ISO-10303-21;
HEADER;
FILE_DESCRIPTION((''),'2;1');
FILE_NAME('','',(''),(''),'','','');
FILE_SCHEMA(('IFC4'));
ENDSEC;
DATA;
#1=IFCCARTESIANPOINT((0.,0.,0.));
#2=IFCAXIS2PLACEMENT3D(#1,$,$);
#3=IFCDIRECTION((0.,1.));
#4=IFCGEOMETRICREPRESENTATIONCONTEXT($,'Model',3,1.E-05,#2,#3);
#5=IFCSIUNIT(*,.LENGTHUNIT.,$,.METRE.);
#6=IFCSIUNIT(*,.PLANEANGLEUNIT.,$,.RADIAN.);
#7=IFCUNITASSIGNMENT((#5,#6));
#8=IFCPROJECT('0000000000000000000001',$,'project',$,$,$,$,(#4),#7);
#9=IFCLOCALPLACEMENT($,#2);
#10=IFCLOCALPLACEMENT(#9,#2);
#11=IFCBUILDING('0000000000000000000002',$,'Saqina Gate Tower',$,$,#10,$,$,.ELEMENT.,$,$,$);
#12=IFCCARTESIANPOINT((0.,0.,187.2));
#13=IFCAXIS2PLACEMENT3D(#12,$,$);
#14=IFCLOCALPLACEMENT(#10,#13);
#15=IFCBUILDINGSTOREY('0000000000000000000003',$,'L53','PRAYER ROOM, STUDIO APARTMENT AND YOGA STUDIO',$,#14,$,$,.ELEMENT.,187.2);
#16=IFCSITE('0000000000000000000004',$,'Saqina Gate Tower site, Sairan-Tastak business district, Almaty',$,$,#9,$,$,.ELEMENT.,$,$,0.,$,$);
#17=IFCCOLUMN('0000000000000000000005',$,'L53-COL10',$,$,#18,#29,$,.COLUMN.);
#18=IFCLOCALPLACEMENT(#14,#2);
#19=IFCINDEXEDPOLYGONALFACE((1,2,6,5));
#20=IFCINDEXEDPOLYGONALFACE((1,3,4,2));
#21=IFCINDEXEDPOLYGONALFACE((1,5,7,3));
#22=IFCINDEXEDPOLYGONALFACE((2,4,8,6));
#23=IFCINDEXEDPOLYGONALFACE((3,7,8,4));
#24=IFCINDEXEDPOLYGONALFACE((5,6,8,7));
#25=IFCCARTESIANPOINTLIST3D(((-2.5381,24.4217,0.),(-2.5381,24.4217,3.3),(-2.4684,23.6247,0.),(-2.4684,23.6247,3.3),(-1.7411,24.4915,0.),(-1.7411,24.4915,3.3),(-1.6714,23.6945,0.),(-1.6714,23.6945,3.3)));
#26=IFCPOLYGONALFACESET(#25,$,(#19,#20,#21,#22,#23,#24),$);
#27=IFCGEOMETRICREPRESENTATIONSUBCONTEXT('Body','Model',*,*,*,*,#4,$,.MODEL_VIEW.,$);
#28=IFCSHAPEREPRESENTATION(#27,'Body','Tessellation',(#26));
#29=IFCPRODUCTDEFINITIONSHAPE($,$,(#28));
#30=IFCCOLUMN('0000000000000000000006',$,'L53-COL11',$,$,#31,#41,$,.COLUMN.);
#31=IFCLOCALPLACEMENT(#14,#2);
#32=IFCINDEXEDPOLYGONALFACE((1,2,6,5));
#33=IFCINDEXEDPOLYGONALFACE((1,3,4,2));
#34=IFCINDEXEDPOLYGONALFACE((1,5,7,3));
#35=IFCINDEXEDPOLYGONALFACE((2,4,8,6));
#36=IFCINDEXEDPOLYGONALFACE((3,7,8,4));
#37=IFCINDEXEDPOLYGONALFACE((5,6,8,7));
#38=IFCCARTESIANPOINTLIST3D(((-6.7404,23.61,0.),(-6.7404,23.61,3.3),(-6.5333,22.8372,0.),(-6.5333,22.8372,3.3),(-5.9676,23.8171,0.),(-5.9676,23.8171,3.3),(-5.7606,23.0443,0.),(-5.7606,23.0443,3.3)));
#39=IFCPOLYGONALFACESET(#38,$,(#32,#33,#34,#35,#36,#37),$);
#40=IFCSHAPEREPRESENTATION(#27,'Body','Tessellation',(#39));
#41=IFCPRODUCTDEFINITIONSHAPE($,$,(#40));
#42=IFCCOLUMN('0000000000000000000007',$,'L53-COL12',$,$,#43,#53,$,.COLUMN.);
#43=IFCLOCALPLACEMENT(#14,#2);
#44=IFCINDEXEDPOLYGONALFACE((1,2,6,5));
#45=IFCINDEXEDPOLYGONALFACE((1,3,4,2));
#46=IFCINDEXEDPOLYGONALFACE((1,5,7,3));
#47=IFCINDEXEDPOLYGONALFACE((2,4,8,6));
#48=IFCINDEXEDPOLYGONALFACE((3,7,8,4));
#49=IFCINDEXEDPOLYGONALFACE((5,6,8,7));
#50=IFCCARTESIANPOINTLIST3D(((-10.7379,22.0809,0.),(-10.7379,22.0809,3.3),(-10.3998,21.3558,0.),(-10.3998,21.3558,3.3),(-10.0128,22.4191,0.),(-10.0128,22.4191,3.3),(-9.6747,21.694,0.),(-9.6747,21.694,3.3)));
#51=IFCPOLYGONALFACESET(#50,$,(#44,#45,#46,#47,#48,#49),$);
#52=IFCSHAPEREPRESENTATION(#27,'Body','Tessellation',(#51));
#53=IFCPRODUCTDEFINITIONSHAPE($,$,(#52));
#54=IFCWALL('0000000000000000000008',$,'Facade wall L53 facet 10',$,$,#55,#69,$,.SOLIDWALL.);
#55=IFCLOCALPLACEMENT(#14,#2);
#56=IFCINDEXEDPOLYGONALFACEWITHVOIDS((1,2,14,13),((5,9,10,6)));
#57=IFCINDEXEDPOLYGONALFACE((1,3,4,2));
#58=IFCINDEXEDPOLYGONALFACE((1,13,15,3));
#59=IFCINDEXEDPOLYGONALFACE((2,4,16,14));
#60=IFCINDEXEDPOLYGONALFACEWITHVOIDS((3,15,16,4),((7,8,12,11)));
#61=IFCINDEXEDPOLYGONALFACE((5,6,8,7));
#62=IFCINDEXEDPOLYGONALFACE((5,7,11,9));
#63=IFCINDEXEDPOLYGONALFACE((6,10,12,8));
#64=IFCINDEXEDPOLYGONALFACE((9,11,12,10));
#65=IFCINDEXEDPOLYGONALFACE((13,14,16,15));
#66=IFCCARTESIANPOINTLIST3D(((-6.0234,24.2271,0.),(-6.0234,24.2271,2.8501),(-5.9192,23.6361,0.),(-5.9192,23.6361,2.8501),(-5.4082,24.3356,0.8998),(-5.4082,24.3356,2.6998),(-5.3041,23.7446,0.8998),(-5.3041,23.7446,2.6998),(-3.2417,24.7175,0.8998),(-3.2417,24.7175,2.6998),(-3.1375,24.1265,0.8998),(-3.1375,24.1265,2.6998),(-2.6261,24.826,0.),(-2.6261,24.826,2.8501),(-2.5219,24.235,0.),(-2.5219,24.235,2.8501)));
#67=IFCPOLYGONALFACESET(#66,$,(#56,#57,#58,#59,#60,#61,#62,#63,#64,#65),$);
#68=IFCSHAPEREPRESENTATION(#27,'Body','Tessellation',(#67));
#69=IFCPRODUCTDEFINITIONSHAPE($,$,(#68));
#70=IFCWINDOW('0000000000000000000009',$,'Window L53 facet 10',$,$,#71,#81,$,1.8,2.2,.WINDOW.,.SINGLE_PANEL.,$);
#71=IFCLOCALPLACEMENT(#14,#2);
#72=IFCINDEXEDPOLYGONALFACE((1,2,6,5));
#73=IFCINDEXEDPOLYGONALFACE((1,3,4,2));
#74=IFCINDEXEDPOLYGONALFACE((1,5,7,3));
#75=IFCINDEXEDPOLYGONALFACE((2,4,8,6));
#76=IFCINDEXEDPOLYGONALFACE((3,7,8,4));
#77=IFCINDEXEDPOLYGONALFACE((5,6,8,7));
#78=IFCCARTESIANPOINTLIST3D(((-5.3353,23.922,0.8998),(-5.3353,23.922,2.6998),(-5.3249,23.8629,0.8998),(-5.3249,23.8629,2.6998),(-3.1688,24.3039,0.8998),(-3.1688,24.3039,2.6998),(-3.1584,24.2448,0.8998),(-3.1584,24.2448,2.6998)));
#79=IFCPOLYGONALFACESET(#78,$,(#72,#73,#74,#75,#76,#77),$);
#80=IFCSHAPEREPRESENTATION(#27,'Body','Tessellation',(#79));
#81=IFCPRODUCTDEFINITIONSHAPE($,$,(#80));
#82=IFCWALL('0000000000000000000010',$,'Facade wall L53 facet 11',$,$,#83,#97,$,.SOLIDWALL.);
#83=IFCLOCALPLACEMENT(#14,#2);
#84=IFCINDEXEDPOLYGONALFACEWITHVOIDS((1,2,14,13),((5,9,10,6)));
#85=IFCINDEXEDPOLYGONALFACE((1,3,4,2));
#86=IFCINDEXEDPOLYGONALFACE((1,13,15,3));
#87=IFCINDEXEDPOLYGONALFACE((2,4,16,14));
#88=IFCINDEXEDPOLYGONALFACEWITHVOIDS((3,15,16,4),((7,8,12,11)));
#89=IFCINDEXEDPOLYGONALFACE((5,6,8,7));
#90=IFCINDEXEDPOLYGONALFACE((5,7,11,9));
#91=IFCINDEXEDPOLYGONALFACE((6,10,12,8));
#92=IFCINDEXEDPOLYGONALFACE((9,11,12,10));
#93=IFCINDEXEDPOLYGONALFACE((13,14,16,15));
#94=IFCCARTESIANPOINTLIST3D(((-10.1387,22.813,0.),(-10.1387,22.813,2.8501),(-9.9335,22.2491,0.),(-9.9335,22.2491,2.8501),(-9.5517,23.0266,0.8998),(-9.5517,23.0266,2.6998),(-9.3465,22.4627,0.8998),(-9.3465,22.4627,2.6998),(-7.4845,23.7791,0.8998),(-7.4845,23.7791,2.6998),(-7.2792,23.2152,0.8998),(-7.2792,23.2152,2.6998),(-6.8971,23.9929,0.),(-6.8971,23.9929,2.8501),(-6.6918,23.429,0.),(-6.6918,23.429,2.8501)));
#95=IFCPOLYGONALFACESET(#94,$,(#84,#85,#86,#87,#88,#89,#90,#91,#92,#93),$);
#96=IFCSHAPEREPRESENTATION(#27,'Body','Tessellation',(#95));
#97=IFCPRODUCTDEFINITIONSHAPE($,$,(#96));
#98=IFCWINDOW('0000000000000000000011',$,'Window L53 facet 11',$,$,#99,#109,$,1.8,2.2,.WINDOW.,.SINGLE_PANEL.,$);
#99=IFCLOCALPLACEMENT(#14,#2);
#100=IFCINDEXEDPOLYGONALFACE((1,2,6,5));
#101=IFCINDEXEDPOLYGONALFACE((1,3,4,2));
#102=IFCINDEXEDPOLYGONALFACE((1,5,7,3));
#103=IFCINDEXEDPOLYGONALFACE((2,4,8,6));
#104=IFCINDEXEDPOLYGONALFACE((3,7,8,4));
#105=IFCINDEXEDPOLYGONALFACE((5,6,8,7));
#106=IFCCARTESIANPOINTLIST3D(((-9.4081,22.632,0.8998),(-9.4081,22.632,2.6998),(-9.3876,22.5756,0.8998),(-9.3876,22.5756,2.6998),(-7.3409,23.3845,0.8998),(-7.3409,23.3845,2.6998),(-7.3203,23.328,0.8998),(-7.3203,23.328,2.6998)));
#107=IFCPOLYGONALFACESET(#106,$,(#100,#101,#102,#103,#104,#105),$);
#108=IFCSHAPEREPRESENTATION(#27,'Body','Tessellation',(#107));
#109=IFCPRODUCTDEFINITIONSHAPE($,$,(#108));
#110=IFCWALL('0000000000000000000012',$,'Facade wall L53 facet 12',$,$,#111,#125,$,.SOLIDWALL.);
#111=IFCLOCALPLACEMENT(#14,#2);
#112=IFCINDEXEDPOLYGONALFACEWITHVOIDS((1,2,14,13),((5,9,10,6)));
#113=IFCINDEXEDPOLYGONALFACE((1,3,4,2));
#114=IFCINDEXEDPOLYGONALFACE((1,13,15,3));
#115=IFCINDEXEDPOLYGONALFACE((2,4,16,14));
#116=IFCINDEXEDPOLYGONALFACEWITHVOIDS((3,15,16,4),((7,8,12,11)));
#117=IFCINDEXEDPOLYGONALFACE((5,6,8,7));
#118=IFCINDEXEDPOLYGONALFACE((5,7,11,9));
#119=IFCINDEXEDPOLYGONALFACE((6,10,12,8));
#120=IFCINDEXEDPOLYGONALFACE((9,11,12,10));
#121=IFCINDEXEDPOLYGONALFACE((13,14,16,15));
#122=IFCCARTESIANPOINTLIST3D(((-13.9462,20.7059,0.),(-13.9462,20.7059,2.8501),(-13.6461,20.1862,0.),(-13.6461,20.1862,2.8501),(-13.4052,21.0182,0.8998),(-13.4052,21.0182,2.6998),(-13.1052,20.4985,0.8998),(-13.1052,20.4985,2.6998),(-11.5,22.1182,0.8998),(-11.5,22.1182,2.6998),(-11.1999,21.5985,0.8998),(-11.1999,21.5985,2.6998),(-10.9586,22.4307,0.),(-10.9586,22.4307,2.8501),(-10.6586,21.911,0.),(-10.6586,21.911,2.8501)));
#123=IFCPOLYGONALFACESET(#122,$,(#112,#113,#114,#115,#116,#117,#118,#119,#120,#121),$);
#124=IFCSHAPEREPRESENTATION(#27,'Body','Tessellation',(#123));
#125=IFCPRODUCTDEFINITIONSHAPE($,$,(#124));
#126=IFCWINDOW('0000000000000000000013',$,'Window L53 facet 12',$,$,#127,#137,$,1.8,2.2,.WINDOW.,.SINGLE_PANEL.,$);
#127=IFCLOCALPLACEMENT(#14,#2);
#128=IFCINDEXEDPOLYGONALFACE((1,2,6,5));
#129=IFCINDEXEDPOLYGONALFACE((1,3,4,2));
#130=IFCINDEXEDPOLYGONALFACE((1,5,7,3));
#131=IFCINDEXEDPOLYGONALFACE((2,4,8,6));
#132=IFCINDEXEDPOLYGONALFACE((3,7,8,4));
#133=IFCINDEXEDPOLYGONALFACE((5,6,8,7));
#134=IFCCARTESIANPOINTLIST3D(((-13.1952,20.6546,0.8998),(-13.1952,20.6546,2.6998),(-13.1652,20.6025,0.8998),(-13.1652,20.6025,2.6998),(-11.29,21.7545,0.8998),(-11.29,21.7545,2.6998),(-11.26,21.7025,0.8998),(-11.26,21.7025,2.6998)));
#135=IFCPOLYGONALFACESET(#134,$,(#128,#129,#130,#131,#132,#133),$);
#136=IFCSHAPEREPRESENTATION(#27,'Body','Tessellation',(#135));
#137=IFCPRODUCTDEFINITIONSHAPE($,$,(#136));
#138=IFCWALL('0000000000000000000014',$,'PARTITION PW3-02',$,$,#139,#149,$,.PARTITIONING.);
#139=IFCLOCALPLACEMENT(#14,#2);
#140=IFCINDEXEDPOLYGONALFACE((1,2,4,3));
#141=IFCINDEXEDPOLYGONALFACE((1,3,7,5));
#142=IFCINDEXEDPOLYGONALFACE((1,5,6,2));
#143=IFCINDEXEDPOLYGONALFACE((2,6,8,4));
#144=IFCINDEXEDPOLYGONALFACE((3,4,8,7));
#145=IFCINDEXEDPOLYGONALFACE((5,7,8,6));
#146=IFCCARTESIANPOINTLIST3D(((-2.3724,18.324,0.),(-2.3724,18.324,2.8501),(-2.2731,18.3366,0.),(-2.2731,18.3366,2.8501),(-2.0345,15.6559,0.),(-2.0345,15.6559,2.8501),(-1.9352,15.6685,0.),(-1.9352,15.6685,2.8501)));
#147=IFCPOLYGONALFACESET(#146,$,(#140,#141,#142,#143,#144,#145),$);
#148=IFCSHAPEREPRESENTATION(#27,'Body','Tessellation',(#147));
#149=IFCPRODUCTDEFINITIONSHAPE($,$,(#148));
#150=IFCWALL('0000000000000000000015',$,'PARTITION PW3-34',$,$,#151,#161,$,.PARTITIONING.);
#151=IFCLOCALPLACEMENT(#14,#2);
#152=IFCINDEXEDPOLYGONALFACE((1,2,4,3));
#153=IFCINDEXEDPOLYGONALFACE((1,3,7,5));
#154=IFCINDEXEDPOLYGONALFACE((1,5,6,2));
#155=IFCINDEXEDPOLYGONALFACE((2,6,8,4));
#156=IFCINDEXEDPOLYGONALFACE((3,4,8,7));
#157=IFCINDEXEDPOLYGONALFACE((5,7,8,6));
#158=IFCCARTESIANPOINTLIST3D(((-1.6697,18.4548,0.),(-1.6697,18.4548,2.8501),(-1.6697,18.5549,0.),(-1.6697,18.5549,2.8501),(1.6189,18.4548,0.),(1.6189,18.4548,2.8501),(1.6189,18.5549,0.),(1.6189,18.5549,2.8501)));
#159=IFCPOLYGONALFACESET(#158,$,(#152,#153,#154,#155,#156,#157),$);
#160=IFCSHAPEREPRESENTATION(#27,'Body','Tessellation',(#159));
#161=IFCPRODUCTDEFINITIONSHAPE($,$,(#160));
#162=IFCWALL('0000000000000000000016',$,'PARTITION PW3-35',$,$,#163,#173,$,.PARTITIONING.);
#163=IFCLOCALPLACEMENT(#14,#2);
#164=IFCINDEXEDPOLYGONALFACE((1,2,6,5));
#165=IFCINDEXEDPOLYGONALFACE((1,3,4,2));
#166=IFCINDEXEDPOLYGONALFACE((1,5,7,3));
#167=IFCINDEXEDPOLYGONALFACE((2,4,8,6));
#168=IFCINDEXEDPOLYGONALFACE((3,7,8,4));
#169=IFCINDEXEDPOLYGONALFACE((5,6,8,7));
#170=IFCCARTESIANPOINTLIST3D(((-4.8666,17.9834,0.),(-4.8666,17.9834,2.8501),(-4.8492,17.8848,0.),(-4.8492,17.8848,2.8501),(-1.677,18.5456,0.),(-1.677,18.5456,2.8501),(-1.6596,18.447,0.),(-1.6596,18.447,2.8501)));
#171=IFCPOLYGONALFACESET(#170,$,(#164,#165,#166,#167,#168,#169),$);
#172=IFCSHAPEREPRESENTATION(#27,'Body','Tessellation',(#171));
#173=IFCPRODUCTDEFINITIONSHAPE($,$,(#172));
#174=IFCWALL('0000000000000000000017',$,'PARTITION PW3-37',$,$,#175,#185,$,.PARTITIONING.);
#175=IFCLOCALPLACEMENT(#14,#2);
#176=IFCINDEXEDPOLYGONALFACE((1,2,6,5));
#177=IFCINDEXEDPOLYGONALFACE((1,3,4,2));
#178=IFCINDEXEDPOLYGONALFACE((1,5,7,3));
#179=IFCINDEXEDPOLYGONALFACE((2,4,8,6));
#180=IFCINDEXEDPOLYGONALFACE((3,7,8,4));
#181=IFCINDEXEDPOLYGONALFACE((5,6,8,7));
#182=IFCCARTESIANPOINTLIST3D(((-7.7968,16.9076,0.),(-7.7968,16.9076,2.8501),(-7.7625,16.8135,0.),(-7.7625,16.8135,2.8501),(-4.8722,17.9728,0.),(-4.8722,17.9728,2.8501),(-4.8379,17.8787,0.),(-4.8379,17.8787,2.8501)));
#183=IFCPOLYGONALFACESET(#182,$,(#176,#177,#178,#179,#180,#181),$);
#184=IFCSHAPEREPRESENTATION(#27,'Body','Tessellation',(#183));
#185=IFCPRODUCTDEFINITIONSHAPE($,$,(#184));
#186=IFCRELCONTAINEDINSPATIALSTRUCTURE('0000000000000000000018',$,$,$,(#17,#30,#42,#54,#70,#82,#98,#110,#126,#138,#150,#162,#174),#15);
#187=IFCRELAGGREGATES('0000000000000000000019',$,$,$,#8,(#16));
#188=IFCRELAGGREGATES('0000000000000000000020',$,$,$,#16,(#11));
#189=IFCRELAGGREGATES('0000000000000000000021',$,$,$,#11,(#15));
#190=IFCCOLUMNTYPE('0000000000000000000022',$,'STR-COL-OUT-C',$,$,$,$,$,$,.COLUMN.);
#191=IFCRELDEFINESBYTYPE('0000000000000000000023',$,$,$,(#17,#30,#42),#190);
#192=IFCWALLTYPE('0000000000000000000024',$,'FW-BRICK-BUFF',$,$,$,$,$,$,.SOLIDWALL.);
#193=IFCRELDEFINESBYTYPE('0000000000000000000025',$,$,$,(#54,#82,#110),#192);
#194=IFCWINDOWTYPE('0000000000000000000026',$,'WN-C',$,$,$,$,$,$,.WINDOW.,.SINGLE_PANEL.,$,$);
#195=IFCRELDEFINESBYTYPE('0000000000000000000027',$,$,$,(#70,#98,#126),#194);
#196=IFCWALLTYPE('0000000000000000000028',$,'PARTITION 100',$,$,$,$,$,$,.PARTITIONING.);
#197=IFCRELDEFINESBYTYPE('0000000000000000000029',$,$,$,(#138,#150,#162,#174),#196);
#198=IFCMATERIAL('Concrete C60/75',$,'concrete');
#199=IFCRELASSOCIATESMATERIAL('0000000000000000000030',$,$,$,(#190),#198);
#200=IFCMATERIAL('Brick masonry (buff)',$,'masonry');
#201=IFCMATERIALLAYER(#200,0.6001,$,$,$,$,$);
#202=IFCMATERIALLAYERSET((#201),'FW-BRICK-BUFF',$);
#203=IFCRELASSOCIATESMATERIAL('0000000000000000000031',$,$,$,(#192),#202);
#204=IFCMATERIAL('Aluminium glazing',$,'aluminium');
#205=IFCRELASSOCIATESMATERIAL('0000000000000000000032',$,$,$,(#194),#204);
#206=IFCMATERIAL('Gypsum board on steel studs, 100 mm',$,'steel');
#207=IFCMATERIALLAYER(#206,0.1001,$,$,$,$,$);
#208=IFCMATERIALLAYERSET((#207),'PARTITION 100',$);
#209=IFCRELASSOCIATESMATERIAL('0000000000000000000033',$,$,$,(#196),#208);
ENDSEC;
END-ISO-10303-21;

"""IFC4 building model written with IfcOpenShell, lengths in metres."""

from ifc_helpers import new_model, si_unit, direction, frame, frame_2d, origin, origin_2d, place, context, subcontext, project, spatial, rectangle, extrude, material, layer, layer_set, material_profile, profile_set, type_object, element, fill, save


model = new_model("IFC4")

# Units and contexts
model_context = context("Model", 3, precision=1e-05, world=origin(), true_north=direction((0.0, 1.0)))
body_context = subcontext(model_context, "Body", "Model", "MODEL_VIEW")
ifc_project = project(units=[si_unit("LENGTHUNIT", "METRE"), si_unit("PLANEANGLEUNIT", "RADIAN")], contexts=[model_context])

# Site, building, storey
site_placement = place(None, origin())
site = spatial("IfcSite", under=ifc_project, at=site_placement, Name="Saqina Gate Tower site, Sairan-Tastak business district, Almaty", CompositionType="ELEMENT", RefElevation=0.0)
building_placement = place(site_placement, origin())
building = spatial("IfcBuilding", under=site, at=building_placement, Name="Saqina Gate Tower", CompositionType="ELEMENT")
storey_placement = place(building_placement, frame((0.0, 0.0, 187.2)))
storey = spatial("IfcBuildingStorey", under=building, at=storey_placement, Name="L53", Description="PRAYER ROOM, STUDIO APARTMENT AND YOGA STUDIO", CompositionType="ELEMENT", Elevation=187.2)

# Columns
ifc_material_1 = material(Name="Concrete C60/75", Category="concrete")
ifc_material_profile = material_profile(ifc_material_1, rectangle(XDim=0.8, YDim=0.8, at=origin_2d()), Name="RC 800x800")
ifc_profile_set = profile_set([ifc_material_profile], Name="Concrete C60/75")
column_type = type_object("IfcColumnType", Name="STR-COL-OUT-C", PredefinedType="COLUMN", material=ifc_profile_set)
for number, where, z_axis, x_axis, name in (
    (1, (-2.1047, 24.0581, 0.0), (0.0, 0.0, 1.0), (-0.087156, 0.996195, 0.0), "L53-COL10"),
    (2, (-6.2505, 23.3271, 0.0), (0.0, 0.0, 1.0), (-0.258819, 0.965926, 0.0), "L53-COL11"),
    (3, (-10.2063, 21.8875, 0.0), (0.0, 0.0, 1.0), (-0.422618, 0.906308, 0.0), "L53-COL12"),
):
    element("IfcColumn", number, at=place(storey_placement, frame(where, z_axis=z_axis, x_axis=x_axis)), inside=storey, type_object=column_type, Name=name, PredefinedType="COLUMN", context=body_context, shape_type="SweptSolid", body=[
        extrude(rectangle(XDim=0.8, YDim=0.8, at=origin_2d()), origin(), (0.0, 0.0, 1.0), 3.3),
    ])

# Walls, openings, windows
ifc_material_2 = material(Name="Brick masonry (buff)", Category="masonry")
ifc_layer_1 = layer(ifc_material_2, 0.6001)
ifc_layer_set_1 = layer_set([ifc_layer_1], Name="FW-BRICK-BUFF")
wall_type_1 = type_object("IfcWallType", Name="FW-BRICK-BUFF", PredefinedType="SOLIDWALL", material=ifc_layer_set_1)
wall_1_placement = place(storey_placement, frame((-2.574, 24.5305, 0.0), z_axis=(0.0, 0.0, 1.0), x_axis=(-0.984815, -0.173608, 0.0)))
wall_1 = element("IfcWall", 4, at=wall_1_placement, inside=storey, type_object=wall_type_1, Name="Facade wall L53 facet 10", PredefinedType="SOLIDWALL", context=body_context, shape_type="SweptSolid", body=[
    extrude(rectangle(XDim=3.4497, YDim=0.6001, at=frame_2d((1.7249, 0.0))), origin(), (0.0, 0.0, 1.0), 2.8501),
])
opening_1_placement = place(wall_1_placement, frame((0.625, 0.0, 0.8999)))
opening_1 = element("IfcOpeningElement", 5, at=opening_1_placement, cuts=wall_1, PredefinedType="OPENING", context=body_context, shape_type="SweptSolid", body=[
    extrude(rectangle(XDim=2.2, YDim=1.8, at=frame_2d((1.1001, 0.8999))), frame((0.0, 0.312, 0.0), z_axis=(0.0, -1.0, 0.0), x_axis=(1.0, 0.0, 0.0)), (0.0, 0.0, 1.0), 0.624),
])
ifc_material_3 = material(Name="Aluminium glazing", Category="aluminium")
window_type = type_object("IfcWindowType", Name="WN-C", PartitioningType="SINGLE_PANEL", PredefinedType="WINDOW", material=ifc_material_3)
window_1_placement = place(opening_1_placement, origin())
window_1 = element("IfcWindow", 6, at=window_1_placement, inside=storey, type_object=window_type, Name="Window L53 facet 10", OverallHeight=1.8, OverallWidth=2.2, PartitioningType="SINGLE_PANEL", PredefinedType="WINDOW", context=body_context, shape_type="SweptSolid", body=[
    extrude(rectangle(XDim=2.2, YDim=1.8, at=frame_2d((1.1001, 0.8999))), frame((0.0, 0.1799, 0.0), z_axis=(0.0, -1.0, 0.0), x_axis=(1.0, 0.0, 0.0)), (0.0, 0.0, 1.0), 0.0601),
])
fill(opening_1, window_1)
wall_2_placement = place(storey_placement, frame((-6.7944, 23.7109, 0.0), z_axis=(0.0, 0.0, 1.0), x_axis=(-0.939688, -0.342033, 0.0)))
wall_2 = element("IfcWall", 7, at=wall_2_placement, inside=storey, type_object=wall_type_1, Name="Facade wall L53 facet 11", PredefinedType="SOLIDWALL", context=body_context, shape_type="SweptSolid", body=[
    extrude(rectangle(XDim=3.4497, YDim=0.6001, at=frame_2d((1.7249, 0.0))), origin(), (0.0, 0.0, 1.0), 2.8501),
])
opening_2_placement = place(wall_2_placement, frame((0.625, 0.0, 0.8999)))
opening_2 = element("IfcOpeningElement", 8, at=opening_2_placement, cuts=wall_2, PredefinedType="OPENING", context=body_context, shape_type="SweptSolid", body=[
    extrude(rectangle(XDim=2.2, YDim=1.8, at=frame_2d((1.1001, 0.8999))), frame((0.0, 0.312, 0.0), z_axis=(0.0, -1.0, 0.0), x_axis=(1.0, 0.0, 0.0)), (0.0, 0.0, 1.0), 0.624),
])
window_2_placement = place(opening_2_placement, origin())
window_2 = element("IfcWindow", 9, at=window_2_placement, inside=storey, type_object=window_type, Name="Window L53 facet 11", OverallHeight=1.8, OverallWidth=2.2, PartitioningType="SINGLE_PANEL", PredefinedType="WINDOW", context=body_context, shape_type="SweptSolid", body=[
    extrude(rectangle(XDim=2.2, YDim=1.8, at=frame_2d((1.1001, 0.8999))), frame((0.0, 0.1799, 0.0), z_axis=(0.0, -1.0, 0.0), x_axis=(1.0, 0.0, 0.0)), (0.0, 0.0, 1.0), 0.0601),
])
fill(opening_2, window_2)
wall_3_placement = place(storey_placement, frame((-10.8086, 22.1709, 0.0), z_axis=(0.0, 0.0, 1.0), x_axis=(-0.866026, -0.499998, 0.0)))
wall_3 = element("IfcWall", 10, at=wall_3_placement, inside=storey, type_object=wall_type_1, Name="Facade wall L53 facet 12", PredefinedType="SOLIDWALL", context=body_context, shape_type="SweptSolid", body=[
    extrude(rectangle(XDim=3.4497, YDim=0.6001, at=frame_2d((1.7249, 0.0))), origin(), (0.0, 0.0, 1.0), 2.8501),
])
opening_3_placement = place(wall_3_placement, frame((0.625, 0.0, 0.8999)))
opening_3 = element("IfcOpeningElement", 11, at=opening_3_placement, cuts=wall_3, PredefinedType="OPENING", context=body_context, shape_type="SweptSolid", body=[
    extrude(rectangle(XDim=2.2, YDim=1.8, at=frame_2d((1.1001, 0.8999))), frame((0.0, 0.312, 0.0), z_axis=(0.0, -1.0, 0.0), x_axis=(1.0, 0.0, 0.0)), (0.0, 0.0, 1.0), 0.624),
])
window_3_placement = place(opening_3_placement, origin())
window_3 = element("IfcWindow", 12, at=window_3_placement, inside=storey, type_object=window_type, Name="Window L53 facet 12", OverallHeight=1.8, OverallWidth=2.2, PartitioningType="SINGLE_PANEL", PredefinedType="WINDOW", context=body_context, shape_type="SweptSolid", body=[
    extrude(rectangle(XDim=2.2, YDim=1.8, at=frame_2d((1.1001, 0.8999))), frame((0.0, 0.1799, 0.0), z_axis=(0.0, -1.0, 0.0), x_axis=(1.0, 0.0, 0.0)), (0.0, 0.0, 1.0), 0.0601),
])
fill(opening_3, window_3)

# Walls
ifc_material_4 = material(Name="Gypsum board on steel studs, 100 mm", Category="steel")
ifc_layer_2 = layer(ifc_material_4, 0.1001)
ifc_layer_set_2 = layer_set([ifc_layer_2], Name="PARTITION 100")
wall_type_2 = type_object("IfcWallType", Name="PARTITION 100", PredefinedType="PARTITIONING", material=ifc_layer_set_2)
wall_4_placement = place(storey_placement, frame((-2.3228, 18.3303, 0.0), z_axis=(0.0, 0.0, 1.0), x_axis=(0.125632, -0.992077, 0.0)))
element("IfcWall", 13, at=wall_4_placement, inside=storey, type_object=wall_type_2, Name="PARTITION PW3-02", PredefinedType="PARTITIONING", context=body_context, shape_type="SweptSolid", body=[
    extrude(rectangle(XDim=2.6895, YDim=0.1001, at=frame_2d((1.3447, 0.0))), origin(), (0.0, 0.0, 1.0), 2.8501),
])
wall_5_placement = place(storey_placement, frame((-1.6697, 18.5049, 0.0), z_axis=(0.0, 0.0, 1.0), x_axis=(1.0, 0.0, 0.0)))
element("IfcWall", 14, at=wall_5_placement, inside=storey, type_object=wall_type_2, Name="PARTITION PW3-34", PredefinedType="PARTITIONING", context=body_context, shape_type="SweptSolid", body=[
    extrude(rectangle(XDim=3.2886, YDim=0.1001, at=frame_2d((1.6443, 0.0))), origin(), (0.0, 0.0, 1.0), 2.8501),
])
wall_6_placement = place(storey_placement, frame((-4.8579, 17.9341, 0.0), z_axis=(0.0, 0.0, 1.0), x_axis=(0.984817, 0.173596, 0.0)))
element("IfcWall", 15, at=wall_6_placement, inside=storey, type_object=wall_type_2, Name="PARTITION PW3-35", PredefinedType="PARTITIONING", context=body_context, shape_type="SweptSolid", body=[
    extrude(rectangle(XDim=3.2388, YDim=0.1001, at=frame_2d((1.6194, 0.0))), origin(), (0.0, 0.0, 1.0), 2.8501),
])
wall_7_placement = place(storey_placement, frame((-7.7795, 16.8606, 0.0), z_axis=(0.0, 0.0, 1.0), x_axis=(0.939617, 0.342228, 0.0)))
element("IfcWall", 16, at=wall_7_placement, inside=storey, type_object=wall_type_2, Name="PARTITION PW3-37", PredefinedType="PARTITIONING", context=body_context, shape_type="SweptSolid", body=[
    extrude(rectangle(XDim=3.1125, YDim=0.1001, at=frame_2d((1.5562, 0.0))), origin(), (0.0, 0.0, 1.0), 2.8501),
])

save(model, "model.ifc")
